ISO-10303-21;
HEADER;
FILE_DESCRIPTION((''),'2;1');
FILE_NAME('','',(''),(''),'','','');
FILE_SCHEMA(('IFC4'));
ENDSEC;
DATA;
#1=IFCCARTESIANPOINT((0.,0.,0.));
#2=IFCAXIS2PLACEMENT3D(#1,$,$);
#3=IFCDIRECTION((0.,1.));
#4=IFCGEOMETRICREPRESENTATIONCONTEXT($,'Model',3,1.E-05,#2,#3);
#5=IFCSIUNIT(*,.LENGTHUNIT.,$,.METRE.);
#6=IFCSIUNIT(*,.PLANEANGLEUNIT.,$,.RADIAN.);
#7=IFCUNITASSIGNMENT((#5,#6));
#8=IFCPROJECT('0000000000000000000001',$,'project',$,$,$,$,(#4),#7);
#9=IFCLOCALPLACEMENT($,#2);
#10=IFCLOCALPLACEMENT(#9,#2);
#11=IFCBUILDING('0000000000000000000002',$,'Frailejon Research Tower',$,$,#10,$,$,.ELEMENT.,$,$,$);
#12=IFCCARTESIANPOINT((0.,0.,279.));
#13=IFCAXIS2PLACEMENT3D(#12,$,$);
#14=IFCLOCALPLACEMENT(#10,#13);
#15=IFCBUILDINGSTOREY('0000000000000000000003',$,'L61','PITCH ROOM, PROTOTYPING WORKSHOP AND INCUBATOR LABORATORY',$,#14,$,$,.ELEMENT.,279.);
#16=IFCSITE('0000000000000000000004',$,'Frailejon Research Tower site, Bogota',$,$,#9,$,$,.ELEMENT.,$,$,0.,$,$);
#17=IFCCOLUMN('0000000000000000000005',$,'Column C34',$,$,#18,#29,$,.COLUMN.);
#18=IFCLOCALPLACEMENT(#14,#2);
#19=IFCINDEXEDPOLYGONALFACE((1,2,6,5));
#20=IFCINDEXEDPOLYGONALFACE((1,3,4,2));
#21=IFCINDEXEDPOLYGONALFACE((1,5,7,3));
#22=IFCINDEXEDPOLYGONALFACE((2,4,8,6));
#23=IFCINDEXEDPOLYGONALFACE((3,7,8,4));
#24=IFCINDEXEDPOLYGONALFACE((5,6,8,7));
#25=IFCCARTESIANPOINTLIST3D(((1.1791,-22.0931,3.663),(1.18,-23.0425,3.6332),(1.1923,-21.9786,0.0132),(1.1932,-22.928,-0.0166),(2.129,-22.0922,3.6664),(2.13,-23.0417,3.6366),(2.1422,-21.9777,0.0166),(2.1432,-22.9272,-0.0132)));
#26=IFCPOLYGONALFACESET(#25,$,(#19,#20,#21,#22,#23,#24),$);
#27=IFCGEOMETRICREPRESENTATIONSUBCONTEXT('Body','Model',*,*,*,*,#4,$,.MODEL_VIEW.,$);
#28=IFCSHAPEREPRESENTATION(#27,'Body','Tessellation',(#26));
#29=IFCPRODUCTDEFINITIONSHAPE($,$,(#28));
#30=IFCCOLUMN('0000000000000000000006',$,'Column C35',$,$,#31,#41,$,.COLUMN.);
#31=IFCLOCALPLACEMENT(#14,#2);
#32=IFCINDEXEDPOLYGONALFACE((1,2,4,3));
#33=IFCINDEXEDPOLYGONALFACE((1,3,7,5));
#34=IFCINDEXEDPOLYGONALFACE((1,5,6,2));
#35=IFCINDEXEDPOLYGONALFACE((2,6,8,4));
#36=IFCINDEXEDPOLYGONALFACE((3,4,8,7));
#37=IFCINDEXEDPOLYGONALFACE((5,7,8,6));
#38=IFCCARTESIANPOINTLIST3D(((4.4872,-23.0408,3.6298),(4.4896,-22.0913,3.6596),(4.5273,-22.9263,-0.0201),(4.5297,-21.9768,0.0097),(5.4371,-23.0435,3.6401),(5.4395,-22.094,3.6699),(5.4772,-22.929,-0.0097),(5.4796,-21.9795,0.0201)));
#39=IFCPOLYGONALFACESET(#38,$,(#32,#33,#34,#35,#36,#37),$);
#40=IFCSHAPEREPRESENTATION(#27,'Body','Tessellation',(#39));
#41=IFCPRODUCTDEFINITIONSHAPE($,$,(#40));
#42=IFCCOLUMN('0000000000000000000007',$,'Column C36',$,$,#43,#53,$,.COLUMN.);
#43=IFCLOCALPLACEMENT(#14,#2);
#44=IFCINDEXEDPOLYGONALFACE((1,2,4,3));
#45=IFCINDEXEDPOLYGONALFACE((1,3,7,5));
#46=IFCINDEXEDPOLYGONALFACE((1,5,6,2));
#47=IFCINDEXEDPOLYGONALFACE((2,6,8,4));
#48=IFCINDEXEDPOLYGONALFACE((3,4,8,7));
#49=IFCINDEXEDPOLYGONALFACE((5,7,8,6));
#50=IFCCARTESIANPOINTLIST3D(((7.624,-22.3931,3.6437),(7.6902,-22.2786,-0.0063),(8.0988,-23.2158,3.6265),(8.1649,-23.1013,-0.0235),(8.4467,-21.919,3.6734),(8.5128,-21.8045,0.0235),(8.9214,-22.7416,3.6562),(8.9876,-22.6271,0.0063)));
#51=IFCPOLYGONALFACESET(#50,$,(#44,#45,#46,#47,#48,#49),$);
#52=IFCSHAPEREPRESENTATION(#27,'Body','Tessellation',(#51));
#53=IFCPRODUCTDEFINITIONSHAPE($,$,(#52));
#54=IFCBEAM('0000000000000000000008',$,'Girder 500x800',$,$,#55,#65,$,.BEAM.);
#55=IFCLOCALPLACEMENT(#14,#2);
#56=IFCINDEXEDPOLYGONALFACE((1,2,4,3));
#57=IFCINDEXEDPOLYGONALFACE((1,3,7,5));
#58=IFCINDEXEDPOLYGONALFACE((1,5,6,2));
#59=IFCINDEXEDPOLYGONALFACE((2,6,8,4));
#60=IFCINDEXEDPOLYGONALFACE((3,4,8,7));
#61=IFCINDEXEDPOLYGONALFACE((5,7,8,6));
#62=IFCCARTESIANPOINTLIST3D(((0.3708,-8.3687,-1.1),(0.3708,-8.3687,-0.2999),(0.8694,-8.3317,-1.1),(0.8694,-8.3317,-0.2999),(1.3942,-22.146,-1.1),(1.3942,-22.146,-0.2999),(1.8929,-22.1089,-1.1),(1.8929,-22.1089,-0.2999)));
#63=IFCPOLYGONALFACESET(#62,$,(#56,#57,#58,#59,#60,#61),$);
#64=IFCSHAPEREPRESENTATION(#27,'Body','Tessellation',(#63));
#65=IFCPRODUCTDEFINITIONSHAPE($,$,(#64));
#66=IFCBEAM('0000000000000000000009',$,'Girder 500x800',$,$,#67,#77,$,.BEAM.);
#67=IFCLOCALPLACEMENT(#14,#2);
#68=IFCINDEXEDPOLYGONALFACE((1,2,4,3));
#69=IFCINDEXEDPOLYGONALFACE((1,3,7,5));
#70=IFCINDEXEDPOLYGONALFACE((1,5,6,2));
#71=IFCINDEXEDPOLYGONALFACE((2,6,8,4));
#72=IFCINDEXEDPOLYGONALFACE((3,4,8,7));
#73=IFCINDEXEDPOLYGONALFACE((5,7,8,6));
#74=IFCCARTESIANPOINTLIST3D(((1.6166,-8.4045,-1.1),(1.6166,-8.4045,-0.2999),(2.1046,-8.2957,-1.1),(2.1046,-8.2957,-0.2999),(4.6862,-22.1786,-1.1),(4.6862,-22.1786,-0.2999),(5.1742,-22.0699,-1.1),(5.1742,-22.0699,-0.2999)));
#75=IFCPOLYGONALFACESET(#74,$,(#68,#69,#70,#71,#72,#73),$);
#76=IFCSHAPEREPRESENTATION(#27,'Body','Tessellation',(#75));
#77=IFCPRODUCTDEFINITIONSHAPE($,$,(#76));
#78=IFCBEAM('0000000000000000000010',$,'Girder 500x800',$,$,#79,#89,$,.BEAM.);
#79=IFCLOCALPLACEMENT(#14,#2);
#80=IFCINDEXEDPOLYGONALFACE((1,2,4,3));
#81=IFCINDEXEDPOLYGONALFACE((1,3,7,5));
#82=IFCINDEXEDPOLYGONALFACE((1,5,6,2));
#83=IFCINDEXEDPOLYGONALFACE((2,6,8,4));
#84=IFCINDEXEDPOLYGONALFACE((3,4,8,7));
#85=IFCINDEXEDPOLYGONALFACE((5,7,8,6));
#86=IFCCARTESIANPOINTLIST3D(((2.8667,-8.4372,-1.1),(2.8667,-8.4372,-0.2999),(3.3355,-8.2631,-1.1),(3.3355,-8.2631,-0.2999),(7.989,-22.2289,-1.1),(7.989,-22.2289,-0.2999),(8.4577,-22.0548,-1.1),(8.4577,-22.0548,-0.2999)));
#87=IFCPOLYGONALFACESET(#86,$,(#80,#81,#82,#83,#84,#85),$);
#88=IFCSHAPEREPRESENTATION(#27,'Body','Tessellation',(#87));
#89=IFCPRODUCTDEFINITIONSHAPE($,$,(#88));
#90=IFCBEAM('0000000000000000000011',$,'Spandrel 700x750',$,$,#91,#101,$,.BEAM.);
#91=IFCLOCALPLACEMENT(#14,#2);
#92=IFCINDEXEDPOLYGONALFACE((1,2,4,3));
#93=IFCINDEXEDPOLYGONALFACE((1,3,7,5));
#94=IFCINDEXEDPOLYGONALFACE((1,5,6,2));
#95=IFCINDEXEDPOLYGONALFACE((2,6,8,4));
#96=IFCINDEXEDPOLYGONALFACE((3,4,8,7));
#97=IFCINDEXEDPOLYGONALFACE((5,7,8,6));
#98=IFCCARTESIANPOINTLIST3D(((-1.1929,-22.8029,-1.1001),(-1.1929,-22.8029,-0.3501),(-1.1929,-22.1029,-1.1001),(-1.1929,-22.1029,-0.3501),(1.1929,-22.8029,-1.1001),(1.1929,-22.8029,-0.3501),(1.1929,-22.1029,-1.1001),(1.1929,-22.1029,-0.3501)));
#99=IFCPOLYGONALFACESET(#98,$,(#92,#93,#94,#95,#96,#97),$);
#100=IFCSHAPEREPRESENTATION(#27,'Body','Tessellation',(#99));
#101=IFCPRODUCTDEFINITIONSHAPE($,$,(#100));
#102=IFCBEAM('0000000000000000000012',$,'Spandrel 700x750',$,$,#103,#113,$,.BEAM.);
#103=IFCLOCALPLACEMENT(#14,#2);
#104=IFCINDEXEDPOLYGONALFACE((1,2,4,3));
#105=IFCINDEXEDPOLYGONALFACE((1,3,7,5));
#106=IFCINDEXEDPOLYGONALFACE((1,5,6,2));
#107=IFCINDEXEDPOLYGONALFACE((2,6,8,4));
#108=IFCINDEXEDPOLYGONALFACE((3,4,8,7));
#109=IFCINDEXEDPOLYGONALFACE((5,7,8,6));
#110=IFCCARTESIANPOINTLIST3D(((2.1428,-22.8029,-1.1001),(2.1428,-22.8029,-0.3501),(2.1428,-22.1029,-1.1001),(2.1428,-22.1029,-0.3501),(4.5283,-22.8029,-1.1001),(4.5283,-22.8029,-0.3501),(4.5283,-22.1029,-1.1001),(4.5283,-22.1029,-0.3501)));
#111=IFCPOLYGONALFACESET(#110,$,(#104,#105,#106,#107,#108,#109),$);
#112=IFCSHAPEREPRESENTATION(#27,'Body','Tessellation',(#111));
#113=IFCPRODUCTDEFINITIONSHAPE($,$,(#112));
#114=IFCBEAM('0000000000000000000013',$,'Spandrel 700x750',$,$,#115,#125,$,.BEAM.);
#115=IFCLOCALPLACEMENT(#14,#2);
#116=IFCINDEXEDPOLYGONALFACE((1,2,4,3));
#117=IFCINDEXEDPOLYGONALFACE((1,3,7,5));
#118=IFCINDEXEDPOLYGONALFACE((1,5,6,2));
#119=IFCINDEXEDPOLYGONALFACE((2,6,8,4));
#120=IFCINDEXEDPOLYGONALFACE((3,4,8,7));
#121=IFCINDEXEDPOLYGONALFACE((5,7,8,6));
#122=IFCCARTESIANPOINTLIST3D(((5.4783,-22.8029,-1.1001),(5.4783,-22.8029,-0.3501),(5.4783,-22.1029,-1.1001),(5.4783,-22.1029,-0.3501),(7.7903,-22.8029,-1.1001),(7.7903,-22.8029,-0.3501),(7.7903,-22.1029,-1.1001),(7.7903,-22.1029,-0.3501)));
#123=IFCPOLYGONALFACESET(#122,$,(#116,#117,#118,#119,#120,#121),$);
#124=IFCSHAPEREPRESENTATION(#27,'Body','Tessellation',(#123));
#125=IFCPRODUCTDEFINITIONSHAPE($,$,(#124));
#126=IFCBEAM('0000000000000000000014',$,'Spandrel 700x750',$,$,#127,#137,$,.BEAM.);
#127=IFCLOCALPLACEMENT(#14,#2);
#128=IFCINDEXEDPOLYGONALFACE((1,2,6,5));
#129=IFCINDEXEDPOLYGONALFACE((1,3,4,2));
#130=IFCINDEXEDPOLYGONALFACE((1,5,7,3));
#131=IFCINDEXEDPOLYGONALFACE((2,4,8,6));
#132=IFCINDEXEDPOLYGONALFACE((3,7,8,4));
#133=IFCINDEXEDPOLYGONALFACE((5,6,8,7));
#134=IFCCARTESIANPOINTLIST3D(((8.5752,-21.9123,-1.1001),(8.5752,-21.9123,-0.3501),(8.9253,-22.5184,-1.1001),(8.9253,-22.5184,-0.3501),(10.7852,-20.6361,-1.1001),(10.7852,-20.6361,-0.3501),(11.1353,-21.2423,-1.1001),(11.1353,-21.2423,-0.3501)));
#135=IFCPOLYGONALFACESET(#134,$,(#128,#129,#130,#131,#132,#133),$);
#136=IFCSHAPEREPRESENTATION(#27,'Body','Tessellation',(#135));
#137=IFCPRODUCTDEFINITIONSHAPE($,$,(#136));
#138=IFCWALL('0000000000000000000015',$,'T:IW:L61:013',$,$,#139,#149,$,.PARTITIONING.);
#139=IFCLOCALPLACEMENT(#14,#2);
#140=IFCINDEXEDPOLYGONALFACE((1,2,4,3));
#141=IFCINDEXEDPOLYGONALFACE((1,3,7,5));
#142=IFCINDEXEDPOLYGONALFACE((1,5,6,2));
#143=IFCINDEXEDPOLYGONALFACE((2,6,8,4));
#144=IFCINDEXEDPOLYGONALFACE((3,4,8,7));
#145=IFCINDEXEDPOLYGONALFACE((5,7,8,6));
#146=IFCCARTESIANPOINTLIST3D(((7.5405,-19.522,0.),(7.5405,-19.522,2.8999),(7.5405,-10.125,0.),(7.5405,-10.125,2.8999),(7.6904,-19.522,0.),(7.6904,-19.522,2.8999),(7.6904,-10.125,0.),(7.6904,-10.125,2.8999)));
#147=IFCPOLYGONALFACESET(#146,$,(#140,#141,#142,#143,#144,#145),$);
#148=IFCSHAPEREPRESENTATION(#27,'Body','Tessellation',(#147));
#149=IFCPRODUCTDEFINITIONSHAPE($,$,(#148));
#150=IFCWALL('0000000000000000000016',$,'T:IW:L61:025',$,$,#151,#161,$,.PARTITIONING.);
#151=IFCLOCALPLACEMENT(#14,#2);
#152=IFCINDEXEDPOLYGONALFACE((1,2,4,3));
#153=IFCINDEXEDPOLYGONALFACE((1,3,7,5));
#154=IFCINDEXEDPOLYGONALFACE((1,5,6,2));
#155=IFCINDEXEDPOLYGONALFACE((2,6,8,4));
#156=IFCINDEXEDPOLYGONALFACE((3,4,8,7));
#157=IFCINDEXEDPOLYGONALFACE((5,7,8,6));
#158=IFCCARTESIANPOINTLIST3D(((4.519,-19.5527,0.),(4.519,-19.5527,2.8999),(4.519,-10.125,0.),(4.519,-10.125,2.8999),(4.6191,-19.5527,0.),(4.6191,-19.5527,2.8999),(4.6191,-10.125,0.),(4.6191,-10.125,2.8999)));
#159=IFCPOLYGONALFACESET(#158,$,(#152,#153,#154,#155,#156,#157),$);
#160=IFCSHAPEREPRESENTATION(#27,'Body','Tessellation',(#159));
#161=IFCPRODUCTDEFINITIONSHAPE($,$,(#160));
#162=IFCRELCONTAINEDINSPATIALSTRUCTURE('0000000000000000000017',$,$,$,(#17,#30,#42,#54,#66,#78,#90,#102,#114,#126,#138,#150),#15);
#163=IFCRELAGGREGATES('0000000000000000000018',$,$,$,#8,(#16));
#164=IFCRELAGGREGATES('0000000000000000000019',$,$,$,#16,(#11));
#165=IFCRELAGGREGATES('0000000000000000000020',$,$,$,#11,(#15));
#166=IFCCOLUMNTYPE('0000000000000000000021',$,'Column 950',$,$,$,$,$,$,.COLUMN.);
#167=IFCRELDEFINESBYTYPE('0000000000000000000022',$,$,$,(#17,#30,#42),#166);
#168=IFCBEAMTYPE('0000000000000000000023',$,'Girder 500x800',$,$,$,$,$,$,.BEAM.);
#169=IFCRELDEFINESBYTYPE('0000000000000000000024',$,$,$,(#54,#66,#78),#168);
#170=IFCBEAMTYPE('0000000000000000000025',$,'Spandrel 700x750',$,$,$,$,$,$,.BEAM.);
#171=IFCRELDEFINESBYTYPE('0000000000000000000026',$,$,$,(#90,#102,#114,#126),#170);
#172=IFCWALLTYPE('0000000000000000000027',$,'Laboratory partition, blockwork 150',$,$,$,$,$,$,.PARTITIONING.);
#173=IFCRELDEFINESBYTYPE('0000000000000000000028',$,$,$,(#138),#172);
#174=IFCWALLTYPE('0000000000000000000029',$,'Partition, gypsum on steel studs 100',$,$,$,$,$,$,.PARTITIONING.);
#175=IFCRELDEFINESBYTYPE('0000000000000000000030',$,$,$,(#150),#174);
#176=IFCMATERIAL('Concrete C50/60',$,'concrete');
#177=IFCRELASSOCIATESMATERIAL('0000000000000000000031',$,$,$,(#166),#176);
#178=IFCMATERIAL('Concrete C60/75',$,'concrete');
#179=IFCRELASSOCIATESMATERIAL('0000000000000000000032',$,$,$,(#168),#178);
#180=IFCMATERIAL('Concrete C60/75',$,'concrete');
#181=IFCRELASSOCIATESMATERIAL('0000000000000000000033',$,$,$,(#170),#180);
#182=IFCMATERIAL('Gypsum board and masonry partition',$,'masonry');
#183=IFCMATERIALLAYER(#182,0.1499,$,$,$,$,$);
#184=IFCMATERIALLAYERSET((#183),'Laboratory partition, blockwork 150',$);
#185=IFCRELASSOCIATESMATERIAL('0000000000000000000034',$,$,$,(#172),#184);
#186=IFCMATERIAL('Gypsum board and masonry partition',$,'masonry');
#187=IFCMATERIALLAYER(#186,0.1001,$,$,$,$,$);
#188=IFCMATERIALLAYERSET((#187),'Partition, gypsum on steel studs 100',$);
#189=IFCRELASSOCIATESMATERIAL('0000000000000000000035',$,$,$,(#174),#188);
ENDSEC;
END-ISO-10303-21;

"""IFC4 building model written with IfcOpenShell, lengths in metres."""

from ifc_helpers import new_model, si_unit, direction, frame, frame_2d, origin, origin_2d, place, context, subcontext, project, spatial, rectangle, extrude, material, layer, layer_set, material_profile, profile_set, type_object, element, save


model = new_model("IFC4")

# Units and contexts
model_context = context("Model", 3, precision=1e-05, world=origin(), true_north=direction((0.0, 1.0)))
body_context = subcontext(model_context, "Body", "Model", "MODEL_VIEW")
ifc_project = project(units=[si_unit("LENGTHUNIT", "METRE"), si_unit("PLANEANGLEUNIT", "RADIAN")], contexts=[model_context])

# Site, building, storey
site_placement = place(None, origin())
site = spatial("IfcSite", under=ifc_project, at=site_placement, Name="Frailejon Research Tower site, Bogota", CompositionType="ELEMENT", RefElevation=0.0)
building_placement = place(site_placement, origin())
building = spatial("IfcBuilding", under=site, at=building_placement, Name="Frailejon Research Tower", CompositionType="ELEMENT")
storey_placement = place(building_placement, frame((0.0, 0.0, 279.0)))
storey = spatial("IfcBuildingStorey", under=building, at=storey_placement, Name="L61", Description="PITCH ROOM, PROTOTYPING WORKSHOP AND INCUBATOR LABORATORY", CompositionType="ELEMENT", Elevation=279.0)

# Columns
ifc_material_1 = material(Name="Concrete C50/60", Category="concrete")
ifc_material_profile_1 = material_profile(ifc_material_1, rectangle(XDim=0.95, YDim=0.95, at=origin_2d()), Name="Column 950")
ifc_profile_set_1 = profile_set([ifc_material_profile_1], Name="Concrete C50/60")
column_type = type_object("IfcColumnType", Name="Column 950", PredefinedType="COLUMN", material=ifc_profile_set_1)
column_1_placement = place(storey_placement, frame((1.6677, -22.4529, 0.0), z_axis=(-0.00361, -0.031356, 0.999502), x_axis=(0.999993, 0.000883, 0.00364)))
element("IfcColumn", 1, at=column_1_placement, inside=storey, type_object=column_type, Name="Column C34", PredefinedType="COLUMN", context=body_context, shape_type="SweptSolid", body=[
    extrude(rectangle(XDim=0.95, YDim=0.95, at=origin_2d()), origin(), (0.0, 0.0, 1.0), 3.6516),
])
column_2_placement = place(storey_placement, frame((5.0034, -22.4529, 0.0), z_axis=(-0.010964, -0.031354, 0.999448), x_axis=(0.999937, -0.002859, 0.01088)))
element("IfcColumn", 2, at=column_2_placement, inside=storey, type_object=column_type, Name="Column C35", PredefinedType="COLUMN", context=body_context, shape_type="SweptSolid", body=[
    extrude(rectangle(XDim=0.95, YDim=0.95, at=origin_2d()), origin(), (0.0, 0.0, 1.0), 3.6519),
])
column_3_placement = place(storey_placement, frame((8.3389, -22.4529, 0.0), z_axis=(-0.018115, -0.031351, 0.999344), x_axis=(0.865981, 0.499093, 0.031355)))
element("IfcColumn", 3, at=column_3_placement, inside=storey, type_object=column_type, Name="Column C36", PredefinedType="COLUMN", context=body_context, shape_type="SweptSolid", body=[
    extrude(rectangle(XDim=0.95, YDim=0.95, at=origin_2d()), origin(), (0.0, 0.0, 1.0), 3.6523),
])

# Beams
ifc_material_2 = material(Name="Concrete C60/75", Category="concrete")
ifc_material_profile_2 = material_profile(ifc_material_2, rectangle(XDim=0.5, YDim=0.8, at=origin_2d()), Name="Girder 500x800")
ifc_profile_set_2 = profile_set([ifc_material_profile_2], Name="Concrete C60/75")
beam_type_1 = type_object("IfcBeamType", Name="Girder 500x800", PredefinedType="BEAM", material=ifc_profile_set_2)
beam_1_placement = place(storey_placement, frame((1.6436, -22.1274, -0.7), z_axis=(-0.07408, 0.997252, 0.0), x_axis=(-0.997252, -0.07408, 0.0)))
element("IfcBeam", 4, at=beam_1_placement, inside=storey, type_object=beam_type_1, Name="Girder 500x800", PredefinedType="BEAM", context=body_context, shape_type="SweptSolid", body=[
    extrude(rectangle(XDim=0.5, YDim=0.8, at=origin_2d()), origin(), (0.0, 0.0, 1.0), 13.8152),
])
beam_2_placement = place(storey_placement, frame((4.9302, -22.1243, -0.7), z_axis=(-0.217515, 0.976057, 0.0), x_axis=(-0.976057, -0.217515, 0.0)))
element("IfcBeam", 5, at=beam_2_placement, inside=storey, type_object=beam_type_1, Name="Girder 500x800", PredefinedType="BEAM", context=body_context, shape_type="SweptSolid", body=[
    extrude(rectangle(XDim=0.5, YDim=0.8, at=origin_2d()), origin(), (0.0, 0.0, 1.0), 14.1121),
])
beam_3_placement = place(storey_placement, frame((8.2234, -22.1418, -0.7), z_axis=(-0.348167, 0.937433, 0.0), x_axis=(-0.937433, -0.348167, 0.0)))
element("IfcBeam", 6, at=beam_3_placement, inside=storey, type_object=beam_type_1, Name="Girder 500x800", PredefinedType="BEAM", context=body_context, shape_type="SweptSolid", body=[
    extrude(rectangle(XDim=0.5, YDim=0.8, at=origin_2d()), origin(), (0.0, 0.0, 1.0), 14.7122),
])
ifc_material_3 = material(Name="Concrete C60/75", Category="concrete")
ifc_material_profile_3 = material_profile(ifc_material_3, rectangle(XDim=0.7, YDim=0.75, at=origin_2d()), Name="Spandrel 700x750")
ifc_profile_set_3 = profile_set([ifc_material_profile_3], Name="Concrete C60/75")
beam_type_2 = type_object("IfcBeamType", Name="Spandrel 700x750", PredefinedType="BEAM", material=ifc_profile_set_3)
beam_4_placement = place(storey_placement, frame((-1.1929, -22.4529, -0.7251), z_axis=(1.0, 0.0, 0.0), x_axis=(0.0, 1.0, 0.0)))
element("IfcBeam", 7, at=beam_4_placement, inside=storey, type_object=beam_type_2, Name="Spandrel 700x750", PredefinedType="BEAM", context=body_context, shape_type="SweptSolid", body=[
    extrude(rectangle(XDim=0.7, YDim=0.75, at=origin_2d()), origin(), (0.0, 0.0, 1.0), 2.3857),
])
beam_5_placement = place(storey_placement, frame((2.1428, -22.4529, -0.7251), z_axis=(1.0, 0.0, 0.0), x_axis=(0.0, 1.0, 0.0)))
element("IfcBeam", 8, at=beam_5_placement, inside=storey, type_object=beam_type_2, Name="Spandrel 700x750", PredefinedType="BEAM", context=body_context, shape_type="SweptSolid", body=[
    extrude(rectangle(XDim=0.7, YDim=0.75, at=origin_2d()), origin(), (0.0, 0.0, 1.0), 2.3855),
])
beam_6_placement = place(storey_placement, frame((5.4783, -22.4529, -0.7251), z_axis=(1.0, 0.0, 0.0), x_axis=(0.0, 1.0, 0.0)))
element("IfcBeam", 9, at=beam_6_placement, inside=storey, type_object=beam_type_2, Name="Spandrel 700x750", PredefinedType="BEAM", context=body_context, shape_type="SweptSolid", body=[
    extrude(rectangle(XDim=0.7, YDim=0.75, at=origin_2d()), origin(), (0.0, 0.0, 1.0), 2.312),
])
beam_7_placement = place(storey_placement, frame((8.7502, -22.2153, -0.7251), z_axis=(0.865991, 0.500059, 0.0), x_axis=(-0.500059, 0.865991, 0.0)))
element("IfcBeam", 10, at=beam_7_placement, inside=storey, type_object=beam_type_2, Name="Spandrel 700x750", PredefinedType="BEAM", context=body_context, shape_type="SweptSolid", body=[
    extrude(rectangle(XDim=0.7, YDim=0.75, at=origin_2d()), origin(), (0.0, 0.0, 1.0), 2.552),
])

# Walls
ifc_material_4 = material(Name="Gypsum board and masonry partition", Category="masonry")
ifc_layer_1 = layer(ifc_material_4, 0.1499)
ifc_layer_set_1 = layer_set([ifc_layer_1], Name="Laboratory partition, blockwork 150")
wall_type_1 = type_object("IfcWallType", Name="Laboratory partition, blockwork 150", PredefinedType="PARTITIONING", material=ifc_layer_set_1)
wall_1_placement = place(storey_placement, frame((7.6155, -19.522, 0.0), z_axis=(0.0, 0.0, 1.0), x_axis=(0.0, 1.0, 0.0)))
element("IfcWall", 11, at=wall_1_placement, inside=storey, type_object=wall_type_1, Name="T:IW:L61:013", PredefinedType="PARTITIONING", context=body_context, shape_type="SweptSolid", body=[
    extrude(rectangle(XDim=9.397, YDim=0.1499, at=frame_2d((4.6985, 0.0))), origin(), (0.0, 0.0, 1.0), 2.8999),
])
ifc_material_5 = material(Name="Gypsum board and masonry partition", Category="masonry")
ifc_layer_2 = layer(ifc_material_5, 0.1001)
ifc_layer_set_2 = layer_set([ifc_layer_2], Name="Partition, gypsum on steel studs 100")
wall_type_2 = type_object("IfcWallType", Name="Partition, gypsum on steel studs 100", PredefinedType="PARTITIONING", material=ifc_layer_set_2)
wall_2_placement = place(storey_placement, frame((4.5691, -19.5527, 0.0), z_axis=(0.0, 0.0, 1.0), x_axis=(0.0, 1.0, 0.0)))
element("IfcWall", 12, at=wall_2_placement, inside=storey, type_object=wall_type_2, Name="T:IW:L61:025", PredefinedType="PARTITIONING", context=body_context, shape_type="SweptSolid", body=[
    extrude(rectangle(XDim=9.4277, YDim=0.1001, at=frame_2d((4.7139, 0.0))), origin(), (0.0, 0.0, 1.0), 2.8999),
])

save(model, "model.ifc")
